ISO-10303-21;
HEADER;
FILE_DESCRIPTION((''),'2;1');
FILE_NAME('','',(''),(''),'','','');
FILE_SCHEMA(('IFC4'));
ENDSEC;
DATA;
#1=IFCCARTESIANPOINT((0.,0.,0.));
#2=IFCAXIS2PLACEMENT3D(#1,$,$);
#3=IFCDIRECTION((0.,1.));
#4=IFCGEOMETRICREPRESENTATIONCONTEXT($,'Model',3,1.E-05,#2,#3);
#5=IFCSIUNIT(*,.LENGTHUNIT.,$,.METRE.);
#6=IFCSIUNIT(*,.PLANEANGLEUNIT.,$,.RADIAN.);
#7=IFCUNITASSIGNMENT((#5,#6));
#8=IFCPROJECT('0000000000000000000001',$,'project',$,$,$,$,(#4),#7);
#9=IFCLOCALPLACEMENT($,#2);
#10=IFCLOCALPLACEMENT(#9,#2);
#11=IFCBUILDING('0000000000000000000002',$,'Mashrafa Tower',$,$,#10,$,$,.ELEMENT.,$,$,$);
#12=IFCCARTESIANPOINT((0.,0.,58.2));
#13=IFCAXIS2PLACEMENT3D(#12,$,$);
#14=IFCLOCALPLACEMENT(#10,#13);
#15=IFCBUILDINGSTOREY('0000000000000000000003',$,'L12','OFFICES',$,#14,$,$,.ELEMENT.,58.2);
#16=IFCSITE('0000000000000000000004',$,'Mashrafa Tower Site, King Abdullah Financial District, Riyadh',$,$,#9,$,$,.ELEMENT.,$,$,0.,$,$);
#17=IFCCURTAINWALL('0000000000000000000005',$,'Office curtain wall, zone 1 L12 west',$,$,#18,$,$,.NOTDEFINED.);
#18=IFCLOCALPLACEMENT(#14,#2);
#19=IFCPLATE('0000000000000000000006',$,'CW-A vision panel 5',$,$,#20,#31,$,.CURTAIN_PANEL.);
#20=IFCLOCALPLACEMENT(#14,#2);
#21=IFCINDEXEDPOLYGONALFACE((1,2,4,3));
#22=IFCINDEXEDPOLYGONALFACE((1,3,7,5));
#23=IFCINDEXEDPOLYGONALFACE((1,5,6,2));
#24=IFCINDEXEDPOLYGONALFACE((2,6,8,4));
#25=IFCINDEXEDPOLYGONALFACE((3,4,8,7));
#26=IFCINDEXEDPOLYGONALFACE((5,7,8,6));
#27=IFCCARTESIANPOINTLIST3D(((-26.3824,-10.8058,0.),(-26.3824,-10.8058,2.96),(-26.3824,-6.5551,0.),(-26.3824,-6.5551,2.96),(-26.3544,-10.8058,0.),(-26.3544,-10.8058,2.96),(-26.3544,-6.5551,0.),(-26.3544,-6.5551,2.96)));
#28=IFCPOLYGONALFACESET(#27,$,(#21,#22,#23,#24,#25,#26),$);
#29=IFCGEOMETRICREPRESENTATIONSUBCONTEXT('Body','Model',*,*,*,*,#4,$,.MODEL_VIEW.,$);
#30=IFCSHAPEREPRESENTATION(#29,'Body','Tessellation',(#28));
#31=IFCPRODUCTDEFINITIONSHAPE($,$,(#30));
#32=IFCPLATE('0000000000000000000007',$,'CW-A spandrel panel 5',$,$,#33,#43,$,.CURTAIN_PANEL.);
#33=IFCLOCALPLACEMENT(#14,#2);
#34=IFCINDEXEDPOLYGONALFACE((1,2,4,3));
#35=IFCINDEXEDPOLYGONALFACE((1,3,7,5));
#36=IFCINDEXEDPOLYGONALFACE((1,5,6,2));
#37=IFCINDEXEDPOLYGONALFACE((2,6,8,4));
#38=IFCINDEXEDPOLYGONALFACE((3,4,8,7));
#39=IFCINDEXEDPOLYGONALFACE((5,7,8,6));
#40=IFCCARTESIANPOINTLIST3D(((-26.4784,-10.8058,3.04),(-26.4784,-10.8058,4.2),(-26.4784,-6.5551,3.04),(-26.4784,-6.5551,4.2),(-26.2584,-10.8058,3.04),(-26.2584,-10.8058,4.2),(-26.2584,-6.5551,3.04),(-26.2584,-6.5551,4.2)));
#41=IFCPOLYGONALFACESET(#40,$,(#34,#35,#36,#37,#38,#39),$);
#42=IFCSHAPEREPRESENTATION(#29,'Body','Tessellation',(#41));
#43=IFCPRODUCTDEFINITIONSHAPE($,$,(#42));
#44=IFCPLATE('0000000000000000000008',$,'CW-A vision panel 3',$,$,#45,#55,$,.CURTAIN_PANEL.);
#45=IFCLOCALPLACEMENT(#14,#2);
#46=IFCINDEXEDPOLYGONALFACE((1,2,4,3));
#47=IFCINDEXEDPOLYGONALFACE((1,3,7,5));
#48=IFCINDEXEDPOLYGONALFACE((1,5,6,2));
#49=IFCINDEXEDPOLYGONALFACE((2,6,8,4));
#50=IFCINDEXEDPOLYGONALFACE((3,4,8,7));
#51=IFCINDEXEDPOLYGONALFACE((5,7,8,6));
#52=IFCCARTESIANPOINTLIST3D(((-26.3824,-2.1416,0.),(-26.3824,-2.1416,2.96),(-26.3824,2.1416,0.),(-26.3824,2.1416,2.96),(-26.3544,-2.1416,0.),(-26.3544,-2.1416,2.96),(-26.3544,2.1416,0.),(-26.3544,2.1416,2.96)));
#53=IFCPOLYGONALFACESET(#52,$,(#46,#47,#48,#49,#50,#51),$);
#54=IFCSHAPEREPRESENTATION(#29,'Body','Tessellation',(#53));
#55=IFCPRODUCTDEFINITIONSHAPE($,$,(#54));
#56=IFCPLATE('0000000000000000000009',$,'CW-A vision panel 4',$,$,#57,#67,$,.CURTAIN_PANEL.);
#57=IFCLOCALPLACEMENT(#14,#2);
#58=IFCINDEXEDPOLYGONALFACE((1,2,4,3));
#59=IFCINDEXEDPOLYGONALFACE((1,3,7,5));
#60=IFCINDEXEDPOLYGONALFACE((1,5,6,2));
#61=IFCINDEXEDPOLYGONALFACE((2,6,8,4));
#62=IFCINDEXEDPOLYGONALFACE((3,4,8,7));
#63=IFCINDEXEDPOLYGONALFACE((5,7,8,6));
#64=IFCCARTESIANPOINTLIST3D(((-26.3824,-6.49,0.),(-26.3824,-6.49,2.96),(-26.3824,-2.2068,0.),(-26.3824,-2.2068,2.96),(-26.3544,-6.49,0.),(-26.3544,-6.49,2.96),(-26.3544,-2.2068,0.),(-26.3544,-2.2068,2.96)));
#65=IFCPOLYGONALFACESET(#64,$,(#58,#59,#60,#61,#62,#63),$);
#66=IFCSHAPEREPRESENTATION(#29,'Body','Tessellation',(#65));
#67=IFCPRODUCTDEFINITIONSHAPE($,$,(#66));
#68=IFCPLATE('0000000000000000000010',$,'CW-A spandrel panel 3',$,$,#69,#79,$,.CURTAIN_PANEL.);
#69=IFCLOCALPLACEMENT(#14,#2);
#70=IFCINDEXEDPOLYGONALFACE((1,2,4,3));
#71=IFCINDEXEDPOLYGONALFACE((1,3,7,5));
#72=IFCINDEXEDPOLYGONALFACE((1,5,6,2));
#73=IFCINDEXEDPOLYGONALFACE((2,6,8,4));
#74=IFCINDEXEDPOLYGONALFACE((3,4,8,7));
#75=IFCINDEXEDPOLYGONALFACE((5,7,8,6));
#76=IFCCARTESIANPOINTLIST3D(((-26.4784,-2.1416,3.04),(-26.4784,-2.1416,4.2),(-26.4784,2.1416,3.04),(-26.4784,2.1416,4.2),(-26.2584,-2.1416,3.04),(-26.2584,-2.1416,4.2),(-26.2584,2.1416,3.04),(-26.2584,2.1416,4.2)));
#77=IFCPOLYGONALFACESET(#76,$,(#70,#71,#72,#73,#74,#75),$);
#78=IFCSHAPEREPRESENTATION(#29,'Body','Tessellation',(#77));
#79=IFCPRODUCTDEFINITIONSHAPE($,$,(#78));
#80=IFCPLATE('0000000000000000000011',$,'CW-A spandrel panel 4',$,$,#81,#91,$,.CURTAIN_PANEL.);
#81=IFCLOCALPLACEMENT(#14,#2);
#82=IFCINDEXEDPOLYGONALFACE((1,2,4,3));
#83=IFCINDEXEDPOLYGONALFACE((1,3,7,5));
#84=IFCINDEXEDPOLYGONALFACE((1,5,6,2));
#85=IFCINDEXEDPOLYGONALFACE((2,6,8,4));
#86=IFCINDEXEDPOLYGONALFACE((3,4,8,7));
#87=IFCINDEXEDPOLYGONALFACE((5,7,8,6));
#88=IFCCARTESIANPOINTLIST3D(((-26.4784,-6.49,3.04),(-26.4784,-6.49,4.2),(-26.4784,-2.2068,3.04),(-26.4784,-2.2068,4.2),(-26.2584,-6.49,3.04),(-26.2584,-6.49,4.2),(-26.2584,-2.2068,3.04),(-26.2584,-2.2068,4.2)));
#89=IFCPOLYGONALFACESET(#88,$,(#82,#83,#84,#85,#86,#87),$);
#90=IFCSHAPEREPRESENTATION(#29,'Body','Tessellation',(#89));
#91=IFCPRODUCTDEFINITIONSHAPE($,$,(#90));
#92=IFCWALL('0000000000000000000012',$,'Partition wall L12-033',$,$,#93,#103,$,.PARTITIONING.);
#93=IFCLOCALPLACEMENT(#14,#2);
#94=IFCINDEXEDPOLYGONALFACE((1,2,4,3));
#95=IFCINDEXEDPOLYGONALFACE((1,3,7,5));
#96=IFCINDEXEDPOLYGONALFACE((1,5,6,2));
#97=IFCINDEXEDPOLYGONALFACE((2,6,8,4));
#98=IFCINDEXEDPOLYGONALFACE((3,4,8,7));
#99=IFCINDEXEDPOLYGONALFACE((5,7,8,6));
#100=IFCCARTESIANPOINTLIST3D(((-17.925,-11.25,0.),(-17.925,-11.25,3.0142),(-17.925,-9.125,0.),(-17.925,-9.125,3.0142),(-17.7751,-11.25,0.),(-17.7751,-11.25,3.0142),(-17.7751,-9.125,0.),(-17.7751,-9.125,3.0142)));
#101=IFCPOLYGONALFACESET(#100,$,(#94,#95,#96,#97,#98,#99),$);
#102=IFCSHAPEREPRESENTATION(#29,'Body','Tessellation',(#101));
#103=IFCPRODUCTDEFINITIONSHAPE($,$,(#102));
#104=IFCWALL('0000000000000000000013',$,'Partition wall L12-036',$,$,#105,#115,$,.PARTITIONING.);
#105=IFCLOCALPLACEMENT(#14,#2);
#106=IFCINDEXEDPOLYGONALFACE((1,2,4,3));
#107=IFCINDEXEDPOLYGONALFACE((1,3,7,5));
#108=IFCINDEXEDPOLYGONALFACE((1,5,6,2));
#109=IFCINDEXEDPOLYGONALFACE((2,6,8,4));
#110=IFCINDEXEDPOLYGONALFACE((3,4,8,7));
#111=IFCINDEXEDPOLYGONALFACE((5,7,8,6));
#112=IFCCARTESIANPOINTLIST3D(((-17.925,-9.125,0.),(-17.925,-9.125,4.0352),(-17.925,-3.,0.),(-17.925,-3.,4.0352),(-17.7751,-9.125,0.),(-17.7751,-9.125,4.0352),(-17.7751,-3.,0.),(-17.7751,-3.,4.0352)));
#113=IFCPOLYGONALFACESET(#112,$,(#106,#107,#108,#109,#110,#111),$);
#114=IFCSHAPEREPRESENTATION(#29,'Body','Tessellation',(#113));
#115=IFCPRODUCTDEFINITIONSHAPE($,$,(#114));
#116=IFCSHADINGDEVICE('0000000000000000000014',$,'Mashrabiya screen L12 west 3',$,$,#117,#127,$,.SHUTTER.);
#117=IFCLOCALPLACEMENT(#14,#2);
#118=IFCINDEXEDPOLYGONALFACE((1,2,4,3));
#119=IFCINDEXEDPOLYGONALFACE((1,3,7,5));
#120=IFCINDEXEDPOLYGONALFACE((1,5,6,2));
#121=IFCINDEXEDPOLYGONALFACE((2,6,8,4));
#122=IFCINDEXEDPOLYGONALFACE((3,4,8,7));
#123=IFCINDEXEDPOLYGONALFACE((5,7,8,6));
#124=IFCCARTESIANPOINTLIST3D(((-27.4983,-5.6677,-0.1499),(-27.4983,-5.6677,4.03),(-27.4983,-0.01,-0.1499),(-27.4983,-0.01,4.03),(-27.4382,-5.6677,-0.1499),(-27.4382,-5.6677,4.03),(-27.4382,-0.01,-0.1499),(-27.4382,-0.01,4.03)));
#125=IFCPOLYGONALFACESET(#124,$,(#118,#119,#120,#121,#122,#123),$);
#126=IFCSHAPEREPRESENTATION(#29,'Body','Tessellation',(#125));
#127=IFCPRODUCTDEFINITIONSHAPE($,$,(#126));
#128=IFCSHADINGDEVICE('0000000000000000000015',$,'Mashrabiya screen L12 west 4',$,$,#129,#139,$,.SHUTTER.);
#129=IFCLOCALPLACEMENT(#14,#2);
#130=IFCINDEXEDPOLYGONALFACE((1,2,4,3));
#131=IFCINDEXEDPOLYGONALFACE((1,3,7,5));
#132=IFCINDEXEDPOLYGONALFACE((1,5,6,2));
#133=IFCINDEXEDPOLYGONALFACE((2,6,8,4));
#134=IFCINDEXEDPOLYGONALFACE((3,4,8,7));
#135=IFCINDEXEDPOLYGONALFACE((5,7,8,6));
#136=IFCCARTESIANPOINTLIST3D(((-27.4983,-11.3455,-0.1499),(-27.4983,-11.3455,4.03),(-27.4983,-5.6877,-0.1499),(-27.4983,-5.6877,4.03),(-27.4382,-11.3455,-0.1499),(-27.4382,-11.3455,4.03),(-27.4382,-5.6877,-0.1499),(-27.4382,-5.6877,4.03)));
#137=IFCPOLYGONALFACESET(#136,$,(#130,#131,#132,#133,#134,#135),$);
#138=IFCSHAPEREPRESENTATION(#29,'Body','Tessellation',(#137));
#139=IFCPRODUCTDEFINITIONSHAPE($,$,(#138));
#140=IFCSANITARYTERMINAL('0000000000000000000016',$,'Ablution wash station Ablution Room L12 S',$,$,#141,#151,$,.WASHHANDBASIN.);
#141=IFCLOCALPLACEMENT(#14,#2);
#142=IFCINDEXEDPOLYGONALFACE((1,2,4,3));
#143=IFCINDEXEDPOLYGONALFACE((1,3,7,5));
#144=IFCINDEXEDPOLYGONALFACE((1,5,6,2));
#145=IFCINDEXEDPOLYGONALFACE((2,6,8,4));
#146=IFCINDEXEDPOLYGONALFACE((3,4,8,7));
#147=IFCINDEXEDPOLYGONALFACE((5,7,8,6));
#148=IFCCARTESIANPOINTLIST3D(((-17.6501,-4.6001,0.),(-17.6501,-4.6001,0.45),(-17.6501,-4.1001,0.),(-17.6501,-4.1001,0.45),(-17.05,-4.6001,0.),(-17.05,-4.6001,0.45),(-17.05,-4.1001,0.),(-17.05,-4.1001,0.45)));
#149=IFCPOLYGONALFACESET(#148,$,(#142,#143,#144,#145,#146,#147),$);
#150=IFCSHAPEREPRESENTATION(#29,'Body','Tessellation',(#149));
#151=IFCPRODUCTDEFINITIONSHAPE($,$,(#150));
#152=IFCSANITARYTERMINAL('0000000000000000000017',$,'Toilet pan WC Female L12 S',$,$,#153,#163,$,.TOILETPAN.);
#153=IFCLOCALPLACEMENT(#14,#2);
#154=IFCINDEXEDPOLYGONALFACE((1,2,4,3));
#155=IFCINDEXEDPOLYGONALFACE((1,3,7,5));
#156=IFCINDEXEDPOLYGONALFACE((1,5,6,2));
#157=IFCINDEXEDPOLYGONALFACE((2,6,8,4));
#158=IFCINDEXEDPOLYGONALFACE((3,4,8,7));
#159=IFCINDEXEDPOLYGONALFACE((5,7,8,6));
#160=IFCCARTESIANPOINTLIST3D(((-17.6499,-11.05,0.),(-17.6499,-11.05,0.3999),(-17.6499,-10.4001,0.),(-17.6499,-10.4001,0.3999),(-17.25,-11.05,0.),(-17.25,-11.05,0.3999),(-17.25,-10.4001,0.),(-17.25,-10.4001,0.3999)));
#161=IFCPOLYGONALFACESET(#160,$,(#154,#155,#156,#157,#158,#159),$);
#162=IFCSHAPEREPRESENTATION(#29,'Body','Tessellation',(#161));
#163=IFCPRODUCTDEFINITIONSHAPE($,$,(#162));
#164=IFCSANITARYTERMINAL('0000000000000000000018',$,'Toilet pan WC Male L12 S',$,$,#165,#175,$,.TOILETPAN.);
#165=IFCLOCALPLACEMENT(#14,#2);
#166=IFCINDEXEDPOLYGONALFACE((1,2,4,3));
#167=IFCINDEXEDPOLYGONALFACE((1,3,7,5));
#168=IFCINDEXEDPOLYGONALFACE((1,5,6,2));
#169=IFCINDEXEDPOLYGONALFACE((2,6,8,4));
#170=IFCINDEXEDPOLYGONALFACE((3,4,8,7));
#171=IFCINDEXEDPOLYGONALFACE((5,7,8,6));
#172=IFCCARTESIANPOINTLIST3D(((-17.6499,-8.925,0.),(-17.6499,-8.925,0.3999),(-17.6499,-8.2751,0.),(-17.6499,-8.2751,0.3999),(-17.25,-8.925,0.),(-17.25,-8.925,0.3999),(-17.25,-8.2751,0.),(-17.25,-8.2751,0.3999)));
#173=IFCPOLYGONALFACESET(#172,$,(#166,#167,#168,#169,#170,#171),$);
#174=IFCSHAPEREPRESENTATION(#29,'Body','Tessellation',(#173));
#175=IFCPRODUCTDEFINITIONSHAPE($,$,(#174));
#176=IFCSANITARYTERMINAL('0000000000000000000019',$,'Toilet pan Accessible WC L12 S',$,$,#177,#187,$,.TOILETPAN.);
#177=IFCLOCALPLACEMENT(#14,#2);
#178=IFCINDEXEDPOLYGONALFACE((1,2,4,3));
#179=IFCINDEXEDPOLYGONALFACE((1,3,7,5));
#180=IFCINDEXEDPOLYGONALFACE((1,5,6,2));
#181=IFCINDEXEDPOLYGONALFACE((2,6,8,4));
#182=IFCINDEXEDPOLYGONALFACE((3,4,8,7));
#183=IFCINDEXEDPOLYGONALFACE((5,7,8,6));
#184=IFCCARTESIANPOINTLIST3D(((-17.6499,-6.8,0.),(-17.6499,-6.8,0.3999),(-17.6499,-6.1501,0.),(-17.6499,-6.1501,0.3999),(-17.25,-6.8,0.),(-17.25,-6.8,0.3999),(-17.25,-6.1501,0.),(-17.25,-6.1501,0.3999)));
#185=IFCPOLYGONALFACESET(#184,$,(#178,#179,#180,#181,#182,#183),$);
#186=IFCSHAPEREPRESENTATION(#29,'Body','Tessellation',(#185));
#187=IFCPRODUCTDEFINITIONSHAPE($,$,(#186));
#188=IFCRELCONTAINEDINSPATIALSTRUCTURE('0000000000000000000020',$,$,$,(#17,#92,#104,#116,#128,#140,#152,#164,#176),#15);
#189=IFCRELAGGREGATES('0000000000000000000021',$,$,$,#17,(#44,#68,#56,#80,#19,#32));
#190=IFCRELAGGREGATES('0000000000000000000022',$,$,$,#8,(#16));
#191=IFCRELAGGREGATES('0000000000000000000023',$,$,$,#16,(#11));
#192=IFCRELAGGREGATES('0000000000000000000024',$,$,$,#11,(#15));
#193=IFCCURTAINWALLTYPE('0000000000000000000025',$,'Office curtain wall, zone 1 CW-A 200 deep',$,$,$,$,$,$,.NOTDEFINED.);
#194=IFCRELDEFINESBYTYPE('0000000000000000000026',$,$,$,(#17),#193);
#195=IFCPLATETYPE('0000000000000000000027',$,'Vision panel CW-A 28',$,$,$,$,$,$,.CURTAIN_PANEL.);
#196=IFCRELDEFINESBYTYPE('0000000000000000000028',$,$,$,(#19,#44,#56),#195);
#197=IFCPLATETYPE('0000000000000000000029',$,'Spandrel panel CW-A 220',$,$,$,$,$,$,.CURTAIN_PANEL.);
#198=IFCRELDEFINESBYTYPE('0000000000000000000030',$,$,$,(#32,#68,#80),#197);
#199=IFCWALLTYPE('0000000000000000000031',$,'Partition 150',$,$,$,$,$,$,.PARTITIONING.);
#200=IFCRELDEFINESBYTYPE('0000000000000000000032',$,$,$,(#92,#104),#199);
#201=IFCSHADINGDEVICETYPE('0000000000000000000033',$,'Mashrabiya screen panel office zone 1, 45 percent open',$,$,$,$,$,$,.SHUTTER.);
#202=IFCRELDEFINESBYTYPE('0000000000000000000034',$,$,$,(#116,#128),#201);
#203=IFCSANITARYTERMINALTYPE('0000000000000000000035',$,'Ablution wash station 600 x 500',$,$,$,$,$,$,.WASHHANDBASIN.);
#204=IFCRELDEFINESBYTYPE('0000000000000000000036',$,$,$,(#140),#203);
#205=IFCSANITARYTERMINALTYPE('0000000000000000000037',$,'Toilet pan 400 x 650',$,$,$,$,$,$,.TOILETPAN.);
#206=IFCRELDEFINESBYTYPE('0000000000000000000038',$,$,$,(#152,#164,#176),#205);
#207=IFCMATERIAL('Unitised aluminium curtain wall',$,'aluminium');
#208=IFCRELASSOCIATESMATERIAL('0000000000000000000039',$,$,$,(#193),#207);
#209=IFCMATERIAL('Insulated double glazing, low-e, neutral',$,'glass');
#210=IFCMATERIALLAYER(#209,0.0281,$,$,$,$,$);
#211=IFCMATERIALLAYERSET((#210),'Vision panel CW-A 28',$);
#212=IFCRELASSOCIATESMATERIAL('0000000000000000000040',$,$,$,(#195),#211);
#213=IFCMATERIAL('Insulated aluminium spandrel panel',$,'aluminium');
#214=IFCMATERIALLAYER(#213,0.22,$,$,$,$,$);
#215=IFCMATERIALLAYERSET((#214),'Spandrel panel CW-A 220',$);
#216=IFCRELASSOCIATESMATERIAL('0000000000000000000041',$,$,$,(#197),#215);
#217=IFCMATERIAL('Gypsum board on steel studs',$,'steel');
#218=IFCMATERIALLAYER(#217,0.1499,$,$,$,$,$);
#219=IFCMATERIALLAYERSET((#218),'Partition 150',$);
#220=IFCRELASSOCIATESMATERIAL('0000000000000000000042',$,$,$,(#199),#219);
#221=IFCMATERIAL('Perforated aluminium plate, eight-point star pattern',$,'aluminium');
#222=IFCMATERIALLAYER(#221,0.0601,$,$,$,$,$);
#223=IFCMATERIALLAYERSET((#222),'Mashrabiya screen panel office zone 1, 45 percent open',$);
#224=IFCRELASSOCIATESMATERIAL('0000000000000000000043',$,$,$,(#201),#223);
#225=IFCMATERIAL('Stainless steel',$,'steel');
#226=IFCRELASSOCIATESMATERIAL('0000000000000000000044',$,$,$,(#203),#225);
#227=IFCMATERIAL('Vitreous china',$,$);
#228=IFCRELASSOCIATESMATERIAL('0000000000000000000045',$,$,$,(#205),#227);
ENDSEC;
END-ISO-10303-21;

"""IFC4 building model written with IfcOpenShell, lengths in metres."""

from ifc_helpers import new_model, si_unit, direction, frame, frame_2d, origin, origin_2d, place, context, subcontext, project, spatial, rectangle, extrude, source, transform, mapped, material, layer, layer_set, type_object, type_shapes, element, aggregate, save


model = new_model("IFC4")

# Units and contexts
model_context = context("Model", 3, precision=1e-05, world=origin(), true_north=direction((0.0, 1.0)))
body_context = subcontext(model_context, "Body", "Model", "MODEL_VIEW")
ifc_project = project(units=[si_unit("LENGTHUNIT", "METRE"), si_unit("PLANEANGLEUNIT", "RADIAN")], contexts=[model_context])

# Site, building, storey
site_placement = place(None, origin())
site = spatial("IfcSite", under=ifc_project, at=site_placement, Name="Mashrafa Tower Site, King Abdullah Financial District, Riyadh", CompositionType="ELEMENT", RefElevation=0.0)
building_placement = place(site_placement, origin())
building = spatial("IfcBuilding", under=site, at=building_placement, Name="Mashrafa Tower", CompositionType="ELEMENT")
storey_placement = place(building_placement, frame((0.0, 0.0, 58.2)))
storey = spatial("IfcBuildingStorey", under=building, at=storey_placement, Name="L12", Description="OFFICES", CompositionType="ELEMENT", Elevation=58.2)

# Curtain wall
ifc_material_1 = material(Name="Unitised aluminium curtain wall", Category="aluminium")
curtain_wall_type = type_object("IfcCurtainWallType", Name="Office curtain wall, zone 1 CW-A 200 deep", PredefinedType="NOTDEFINED", material=ifc_material_1)
curtain_wall_1_placement = place(storey_placement, origin())
curtain_wall_1 = element("IfcCurtainWall", 1, at=curtain_wall_1_placement, inside=storey, type_object=curtain_wall_type, Name="Office curtain wall, zone 1 L12 west", PredefinedType="NOTDEFINED")

# Plates
ifc_material_2 = material(Name="Insulated double glazing, low-e, neutral", Category="glass")
ifc_layer_1 = layer(ifc_material_2, 0.0281)
ifc_layer_set_1 = layer_set([ifc_layer_1], Name="Vision panel CW-A 28")
plate_type_1 = type_object("IfcPlateType", Name="Vision panel CW-A 28", PredefinedType="CURTAIN_PANEL", material=ifc_layer_set_1)
shared_shape_1 = source(origin(), body_context, "Body", "SweptSolid", [
    extrude(rectangle(XDim=4.2507, YDim=0.0281, at=origin_2d()), origin(), (0.0, 0.0, 1.0), 2.96),
])
plate_1_placement = place(storey_placement, frame((-26.3684, -8.6804, 0.0), z_axis=(0.0, 0.0, 1.0), x_axis=(0.0, -1.0, 0.0)))
plate_1 = element("IfcPlate", 2, at=plate_1_placement, type_object=plate_type_1, Name="CW-A vision panel 5", PredefinedType="CURTAIN_PANEL", context=body_context, shape_type="MappedRepresentation", body=[
    mapped(shared_shape_1, transform((0.0, 0.0, 0.0))),
])
ifc_material_3 = material(Name="Insulated aluminium spandrel panel", Category="aluminium")
ifc_layer_2 = layer(ifc_material_3, 0.22)
ifc_layer_set_2 = layer_set([ifc_layer_2], Name="Spandrel panel CW-A 220")
plate_type_2 = type_object("IfcPlateType", Name="Spandrel panel CW-A 220", PredefinedType="CURTAIN_PANEL", material=ifc_layer_set_2)
shared_shape_2 = source(origin(), body_context, "Body", "SweptSolid", [
    extrude(rectangle(XDim=4.2507, YDim=0.22, at=origin_2d()), origin(), (0.0, 0.0, 1.0), 1.1599),
])
plate_2_placement = place(storey_placement, frame((-26.3684, -8.6804, 3.04), z_axis=(0.0, 0.0, 1.0), x_axis=(0.0, -1.0, 0.0)))
plate_2 = element("IfcPlate", 3, at=plate_2_placement, type_object=plate_type_2, Name="CW-A spandrel panel 5", PredefinedType="CURTAIN_PANEL", context=body_context, shape_type="MappedRepresentation", body=[
    mapped(shared_shape_2, transform((0.0, 0.0, 0.0))),
])
shared_shape_3 = source(origin(), body_context, "Body", "SweptSolid", [
    extrude(rectangle(XDim=4.2832, YDim=0.0281, at=origin_2d()), origin(), (0.0, 0.0, 1.0), 2.96),
])
type_shapes(plate_type_1, [shared_shape_1, shared_shape_3])
plate_3_placement = place(storey_placement, frame((-26.3684, 0.0, 0.0), z_axis=(0.0, 0.0, 1.0), x_axis=(0.0, -1.0, 0.0)))
plate_3 = element("IfcPlate", 4, at=plate_3_placement, type_object=plate_type_1, Name="CW-A vision panel 3", PredefinedType="CURTAIN_PANEL", context=body_context, shape_type="MappedRepresentation", body=[
    mapped(shared_shape_3, transform((0.0, 0.0, 0.0))),
])
plate_4_placement = place(storey_placement, frame((-26.3684, -4.3484, 0.0), z_axis=(0.0, 0.0, 1.0), x_axis=(0.0, -1.0, 0.0)))
plate_4 = element("IfcPlate", 5, at=plate_4_placement, type_object=plate_type_1, Name="CW-A vision panel 4", PredefinedType="CURTAIN_PANEL", context=body_context, shape_type="MappedRepresentation", body=[
    mapped(shared_shape_3, transform((0.0, 0.0, 0.0))),
])
shared_shape_4 = source(origin(), body_context, "Body", "SweptSolid", [
    extrude(rectangle(XDim=4.2832, YDim=0.22, at=origin_2d()), origin(), (0.0, 0.0, 1.0), 1.1599),
])
type_shapes(plate_type_2, [shared_shape_2, shared_shape_4])
plate_5_placement = place(storey_placement, frame((-26.3684, 0.0, 3.04), z_axis=(0.0, 0.0, 1.0), x_axis=(0.0, -1.0, 0.0)))
plate_5 = element("IfcPlate", 6, at=plate_5_placement, type_object=plate_type_2, Name="CW-A spandrel panel 3", PredefinedType="CURTAIN_PANEL", context=body_context, shape_type="MappedRepresentation", body=[
    mapped(shared_shape_4, transform((0.0, 0.0, 0.0))),
])
plate_6_placement = place(storey_placement, frame((-26.3684, -4.3484, 3.04), z_axis=(0.0, 0.0, 1.0), x_axis=(0.0, -1.0, 0.0)))
plate_6 = element("IfcPlate", 7, at=plate_6_placement, type_object=plate_type_2, Name="CW-A spandrel panel 4", PredefinedType="CURTAIN_PANEL", context=body_context, shape_type="MappedRepresentation", body=[
    mapped(shared_shape_4, transform((0.0, 0.0, 0.0))),
])
aggregate(curtain_wall_1, [plate_3, plate_5, plate_4, plate_6, plate_1, plate_2])

# Walls
ifc_material_4 = material(Name="Gypsum board on steel studs", Category="steel")
ifc_layer_3 = layer(ifc_material_4, 0.1499)
ifc_layer_set_3 = layer_set([ifc_layer_3], Name="Partition 150")
wall_type = type_object("IfcWallType", Name="Partition 150", PredefinedType="PARTITIONING", material=ifc_layer_set_3)
wall_1_placement = place(storey_placement, frame((-17.8501, -9.125, 0.0), z_axis=(0.0, 0.0, 1.0), x_axis=(0.0, -1.0, 0.0)))
element("IfcWall", 8, at=wall_1_placement, inside=storey, type_object=wall_type, Name="Partition wall L12-033", PredefinedType="PARTITIONING", context=body_context, shape_type="SweptSolid", body=[
    extrude(rectangle(XDim=2.125, YDim=0.1499, at=frame_2d((1.0625, 0.0))), origin(), (0.0, 0.0, 1.0), 3.0142),
])
wall_2_placement = place(storey_placement, frame((-17.8501, -9.125, 0.0), z_axis=(0.0, 0.0, 1.0), x_axis=(0.0, 1.0, 0.0)))
element("IfcWall", 9, at=wall_2_placement, inside=storey, type_object=wall_type, Name="Partition wall L12-036", PredefinedType="PARTITIONING", context=body_context, shape_type="SweptSolid", body=[
    extrude(rectangle(XDim=6.125, YDim=0.1499, at=frame_2d((3.0625, 0.0))), origin(), (0.0, 0.0, 1.0), 4.0352),
])

# Shading devices
ifc_material_5 = material(Name="Perforated aluminium plate, eight-point star pattern", Category="aluminium")
ifc_layer_4 = layer(ifc_material_5, 0.0601)
ifc_layer_set_4 = layer_set([ifc_layer_4], Name="Mashrabiya screen panel office zone 1, 45 percent open")
shading_device_type = type_object("IfcShadingDeviceType", Name="Mashrabiya screen panel office zone 1, 45 percent open", PredefinedType="SHUTTER", material=ifc_layer_set_4)
shared_shape_5 = source(origin(), body_context, "Body", "SweptSolid", [
    extrude(rectangle(XDim=5.6577, YDim=0.0601, at=origin_2d()), origin(), (0.0, 0.0, 1.0), 4.1799),
])
type_shapes(shading_device_type, [shared_shape_5])
for number, where, z_axis, x_axis, name in (
    (10, (-27.4683, -2.8389, -0.1499), (0.0, 0.0, 1.0), (0.0, -1.0, 0.0), "Mashrabiya screen L12 west 3"),
    (11, (-27.4683, -8.5166, -0.1499), (0.0, 0.0, 1.0), (0.0, -1.0, 0.0), "Mashrabiya screen L12 west 4"),
):
    element("IfcShadingDevice", number, at=place(storey_placement, frame(where, z_axis=z_axis, x_axis=x_axis)), inside=storey, type_object=shading_device_type, Name=name, PredefinedType="SHUTTER", context=body_context, shape_type="MappedRepresentation", body=[
        mapped(shared_shape_5, transform((0.0, 0.0, 0.0))),
    ])

# Sanitary terminals
ifc_material_6 = material(Name="Stainless steel", Category="steel")
sanitary_terminal_type_1 = type_object("IfcSanitaryTerminalType", Name="Ablution wash station 600 x 500", PredefinedType="WASHHANDBASIN", material=ifc_material_6)
sanitary_terminal_placement = place(storey_placement, frame((-17.3501, -4.3501, 0.0), z_axis=(0.0, 0.0, 1.0), x_axis=(1.0, 0.0, 0.0)))
element("IfcSanitaryTerminal", 12, at=sanitary_terminal_placement, inside=storey, type_object=sanitary_terminal_type_1, Name="Ablution wash station Ablution Room L12 S", PredefinedType="WASHHANDBASIN", context=body_context, shape_type="SweptSolid", body=[
    extrude(rectangle(XDim=0.6001, YDim=0.5, at=origin_2d()), origin(), (0.0, 0.0, 1.0), 0.45),
])
ifc_material_7 = material(Name="Vitreous china")
sanitary_terminal_type_2 = type_object("IfcSanitaryTerminalType", Name="Toilet pan 400 x 650", PredefinedType="TOILETPAN", material=ifc_material_7)
for number, where, z_axis, x_axis, name in (
    (13, (-17.45, -10.7251, 0.0), (0.0, 0.0, 1.0), (1.0, 0.0, 0.0), "Toilet pan WC Female L12 S"),
    (14, (-17.45, -8.6001, 0.0), (0.0, 0.0, 1.0), (1.0, 0.0, 0.0), "Toilet pan WC Male L12 S"),
    (15, (-17.45, -6.4751, 0.0), (0.0, 0.0, 1.0), (1.0, 0.0, 0.0), "Toilet pan Accessible WC L12 S"),
):
    element("IfcSanitaryTerminal", number, at=place(storey_placement, frame(where, z_axis=z_axis, x_axis=x_axis)), inside=storey, type_object=sanitary_terminal_type_2, Name=name, PredefinedType="TOILETPAN", context=body_context, shape_type="SweptSolid", body=[
        extrude(rectangle(XDim=0.3999, YDim=0.6499, at=origin_2d()), origin(), (0.0, 0.0, 1.0), 0.3999),
    ])

save(model, "model.ifc")
